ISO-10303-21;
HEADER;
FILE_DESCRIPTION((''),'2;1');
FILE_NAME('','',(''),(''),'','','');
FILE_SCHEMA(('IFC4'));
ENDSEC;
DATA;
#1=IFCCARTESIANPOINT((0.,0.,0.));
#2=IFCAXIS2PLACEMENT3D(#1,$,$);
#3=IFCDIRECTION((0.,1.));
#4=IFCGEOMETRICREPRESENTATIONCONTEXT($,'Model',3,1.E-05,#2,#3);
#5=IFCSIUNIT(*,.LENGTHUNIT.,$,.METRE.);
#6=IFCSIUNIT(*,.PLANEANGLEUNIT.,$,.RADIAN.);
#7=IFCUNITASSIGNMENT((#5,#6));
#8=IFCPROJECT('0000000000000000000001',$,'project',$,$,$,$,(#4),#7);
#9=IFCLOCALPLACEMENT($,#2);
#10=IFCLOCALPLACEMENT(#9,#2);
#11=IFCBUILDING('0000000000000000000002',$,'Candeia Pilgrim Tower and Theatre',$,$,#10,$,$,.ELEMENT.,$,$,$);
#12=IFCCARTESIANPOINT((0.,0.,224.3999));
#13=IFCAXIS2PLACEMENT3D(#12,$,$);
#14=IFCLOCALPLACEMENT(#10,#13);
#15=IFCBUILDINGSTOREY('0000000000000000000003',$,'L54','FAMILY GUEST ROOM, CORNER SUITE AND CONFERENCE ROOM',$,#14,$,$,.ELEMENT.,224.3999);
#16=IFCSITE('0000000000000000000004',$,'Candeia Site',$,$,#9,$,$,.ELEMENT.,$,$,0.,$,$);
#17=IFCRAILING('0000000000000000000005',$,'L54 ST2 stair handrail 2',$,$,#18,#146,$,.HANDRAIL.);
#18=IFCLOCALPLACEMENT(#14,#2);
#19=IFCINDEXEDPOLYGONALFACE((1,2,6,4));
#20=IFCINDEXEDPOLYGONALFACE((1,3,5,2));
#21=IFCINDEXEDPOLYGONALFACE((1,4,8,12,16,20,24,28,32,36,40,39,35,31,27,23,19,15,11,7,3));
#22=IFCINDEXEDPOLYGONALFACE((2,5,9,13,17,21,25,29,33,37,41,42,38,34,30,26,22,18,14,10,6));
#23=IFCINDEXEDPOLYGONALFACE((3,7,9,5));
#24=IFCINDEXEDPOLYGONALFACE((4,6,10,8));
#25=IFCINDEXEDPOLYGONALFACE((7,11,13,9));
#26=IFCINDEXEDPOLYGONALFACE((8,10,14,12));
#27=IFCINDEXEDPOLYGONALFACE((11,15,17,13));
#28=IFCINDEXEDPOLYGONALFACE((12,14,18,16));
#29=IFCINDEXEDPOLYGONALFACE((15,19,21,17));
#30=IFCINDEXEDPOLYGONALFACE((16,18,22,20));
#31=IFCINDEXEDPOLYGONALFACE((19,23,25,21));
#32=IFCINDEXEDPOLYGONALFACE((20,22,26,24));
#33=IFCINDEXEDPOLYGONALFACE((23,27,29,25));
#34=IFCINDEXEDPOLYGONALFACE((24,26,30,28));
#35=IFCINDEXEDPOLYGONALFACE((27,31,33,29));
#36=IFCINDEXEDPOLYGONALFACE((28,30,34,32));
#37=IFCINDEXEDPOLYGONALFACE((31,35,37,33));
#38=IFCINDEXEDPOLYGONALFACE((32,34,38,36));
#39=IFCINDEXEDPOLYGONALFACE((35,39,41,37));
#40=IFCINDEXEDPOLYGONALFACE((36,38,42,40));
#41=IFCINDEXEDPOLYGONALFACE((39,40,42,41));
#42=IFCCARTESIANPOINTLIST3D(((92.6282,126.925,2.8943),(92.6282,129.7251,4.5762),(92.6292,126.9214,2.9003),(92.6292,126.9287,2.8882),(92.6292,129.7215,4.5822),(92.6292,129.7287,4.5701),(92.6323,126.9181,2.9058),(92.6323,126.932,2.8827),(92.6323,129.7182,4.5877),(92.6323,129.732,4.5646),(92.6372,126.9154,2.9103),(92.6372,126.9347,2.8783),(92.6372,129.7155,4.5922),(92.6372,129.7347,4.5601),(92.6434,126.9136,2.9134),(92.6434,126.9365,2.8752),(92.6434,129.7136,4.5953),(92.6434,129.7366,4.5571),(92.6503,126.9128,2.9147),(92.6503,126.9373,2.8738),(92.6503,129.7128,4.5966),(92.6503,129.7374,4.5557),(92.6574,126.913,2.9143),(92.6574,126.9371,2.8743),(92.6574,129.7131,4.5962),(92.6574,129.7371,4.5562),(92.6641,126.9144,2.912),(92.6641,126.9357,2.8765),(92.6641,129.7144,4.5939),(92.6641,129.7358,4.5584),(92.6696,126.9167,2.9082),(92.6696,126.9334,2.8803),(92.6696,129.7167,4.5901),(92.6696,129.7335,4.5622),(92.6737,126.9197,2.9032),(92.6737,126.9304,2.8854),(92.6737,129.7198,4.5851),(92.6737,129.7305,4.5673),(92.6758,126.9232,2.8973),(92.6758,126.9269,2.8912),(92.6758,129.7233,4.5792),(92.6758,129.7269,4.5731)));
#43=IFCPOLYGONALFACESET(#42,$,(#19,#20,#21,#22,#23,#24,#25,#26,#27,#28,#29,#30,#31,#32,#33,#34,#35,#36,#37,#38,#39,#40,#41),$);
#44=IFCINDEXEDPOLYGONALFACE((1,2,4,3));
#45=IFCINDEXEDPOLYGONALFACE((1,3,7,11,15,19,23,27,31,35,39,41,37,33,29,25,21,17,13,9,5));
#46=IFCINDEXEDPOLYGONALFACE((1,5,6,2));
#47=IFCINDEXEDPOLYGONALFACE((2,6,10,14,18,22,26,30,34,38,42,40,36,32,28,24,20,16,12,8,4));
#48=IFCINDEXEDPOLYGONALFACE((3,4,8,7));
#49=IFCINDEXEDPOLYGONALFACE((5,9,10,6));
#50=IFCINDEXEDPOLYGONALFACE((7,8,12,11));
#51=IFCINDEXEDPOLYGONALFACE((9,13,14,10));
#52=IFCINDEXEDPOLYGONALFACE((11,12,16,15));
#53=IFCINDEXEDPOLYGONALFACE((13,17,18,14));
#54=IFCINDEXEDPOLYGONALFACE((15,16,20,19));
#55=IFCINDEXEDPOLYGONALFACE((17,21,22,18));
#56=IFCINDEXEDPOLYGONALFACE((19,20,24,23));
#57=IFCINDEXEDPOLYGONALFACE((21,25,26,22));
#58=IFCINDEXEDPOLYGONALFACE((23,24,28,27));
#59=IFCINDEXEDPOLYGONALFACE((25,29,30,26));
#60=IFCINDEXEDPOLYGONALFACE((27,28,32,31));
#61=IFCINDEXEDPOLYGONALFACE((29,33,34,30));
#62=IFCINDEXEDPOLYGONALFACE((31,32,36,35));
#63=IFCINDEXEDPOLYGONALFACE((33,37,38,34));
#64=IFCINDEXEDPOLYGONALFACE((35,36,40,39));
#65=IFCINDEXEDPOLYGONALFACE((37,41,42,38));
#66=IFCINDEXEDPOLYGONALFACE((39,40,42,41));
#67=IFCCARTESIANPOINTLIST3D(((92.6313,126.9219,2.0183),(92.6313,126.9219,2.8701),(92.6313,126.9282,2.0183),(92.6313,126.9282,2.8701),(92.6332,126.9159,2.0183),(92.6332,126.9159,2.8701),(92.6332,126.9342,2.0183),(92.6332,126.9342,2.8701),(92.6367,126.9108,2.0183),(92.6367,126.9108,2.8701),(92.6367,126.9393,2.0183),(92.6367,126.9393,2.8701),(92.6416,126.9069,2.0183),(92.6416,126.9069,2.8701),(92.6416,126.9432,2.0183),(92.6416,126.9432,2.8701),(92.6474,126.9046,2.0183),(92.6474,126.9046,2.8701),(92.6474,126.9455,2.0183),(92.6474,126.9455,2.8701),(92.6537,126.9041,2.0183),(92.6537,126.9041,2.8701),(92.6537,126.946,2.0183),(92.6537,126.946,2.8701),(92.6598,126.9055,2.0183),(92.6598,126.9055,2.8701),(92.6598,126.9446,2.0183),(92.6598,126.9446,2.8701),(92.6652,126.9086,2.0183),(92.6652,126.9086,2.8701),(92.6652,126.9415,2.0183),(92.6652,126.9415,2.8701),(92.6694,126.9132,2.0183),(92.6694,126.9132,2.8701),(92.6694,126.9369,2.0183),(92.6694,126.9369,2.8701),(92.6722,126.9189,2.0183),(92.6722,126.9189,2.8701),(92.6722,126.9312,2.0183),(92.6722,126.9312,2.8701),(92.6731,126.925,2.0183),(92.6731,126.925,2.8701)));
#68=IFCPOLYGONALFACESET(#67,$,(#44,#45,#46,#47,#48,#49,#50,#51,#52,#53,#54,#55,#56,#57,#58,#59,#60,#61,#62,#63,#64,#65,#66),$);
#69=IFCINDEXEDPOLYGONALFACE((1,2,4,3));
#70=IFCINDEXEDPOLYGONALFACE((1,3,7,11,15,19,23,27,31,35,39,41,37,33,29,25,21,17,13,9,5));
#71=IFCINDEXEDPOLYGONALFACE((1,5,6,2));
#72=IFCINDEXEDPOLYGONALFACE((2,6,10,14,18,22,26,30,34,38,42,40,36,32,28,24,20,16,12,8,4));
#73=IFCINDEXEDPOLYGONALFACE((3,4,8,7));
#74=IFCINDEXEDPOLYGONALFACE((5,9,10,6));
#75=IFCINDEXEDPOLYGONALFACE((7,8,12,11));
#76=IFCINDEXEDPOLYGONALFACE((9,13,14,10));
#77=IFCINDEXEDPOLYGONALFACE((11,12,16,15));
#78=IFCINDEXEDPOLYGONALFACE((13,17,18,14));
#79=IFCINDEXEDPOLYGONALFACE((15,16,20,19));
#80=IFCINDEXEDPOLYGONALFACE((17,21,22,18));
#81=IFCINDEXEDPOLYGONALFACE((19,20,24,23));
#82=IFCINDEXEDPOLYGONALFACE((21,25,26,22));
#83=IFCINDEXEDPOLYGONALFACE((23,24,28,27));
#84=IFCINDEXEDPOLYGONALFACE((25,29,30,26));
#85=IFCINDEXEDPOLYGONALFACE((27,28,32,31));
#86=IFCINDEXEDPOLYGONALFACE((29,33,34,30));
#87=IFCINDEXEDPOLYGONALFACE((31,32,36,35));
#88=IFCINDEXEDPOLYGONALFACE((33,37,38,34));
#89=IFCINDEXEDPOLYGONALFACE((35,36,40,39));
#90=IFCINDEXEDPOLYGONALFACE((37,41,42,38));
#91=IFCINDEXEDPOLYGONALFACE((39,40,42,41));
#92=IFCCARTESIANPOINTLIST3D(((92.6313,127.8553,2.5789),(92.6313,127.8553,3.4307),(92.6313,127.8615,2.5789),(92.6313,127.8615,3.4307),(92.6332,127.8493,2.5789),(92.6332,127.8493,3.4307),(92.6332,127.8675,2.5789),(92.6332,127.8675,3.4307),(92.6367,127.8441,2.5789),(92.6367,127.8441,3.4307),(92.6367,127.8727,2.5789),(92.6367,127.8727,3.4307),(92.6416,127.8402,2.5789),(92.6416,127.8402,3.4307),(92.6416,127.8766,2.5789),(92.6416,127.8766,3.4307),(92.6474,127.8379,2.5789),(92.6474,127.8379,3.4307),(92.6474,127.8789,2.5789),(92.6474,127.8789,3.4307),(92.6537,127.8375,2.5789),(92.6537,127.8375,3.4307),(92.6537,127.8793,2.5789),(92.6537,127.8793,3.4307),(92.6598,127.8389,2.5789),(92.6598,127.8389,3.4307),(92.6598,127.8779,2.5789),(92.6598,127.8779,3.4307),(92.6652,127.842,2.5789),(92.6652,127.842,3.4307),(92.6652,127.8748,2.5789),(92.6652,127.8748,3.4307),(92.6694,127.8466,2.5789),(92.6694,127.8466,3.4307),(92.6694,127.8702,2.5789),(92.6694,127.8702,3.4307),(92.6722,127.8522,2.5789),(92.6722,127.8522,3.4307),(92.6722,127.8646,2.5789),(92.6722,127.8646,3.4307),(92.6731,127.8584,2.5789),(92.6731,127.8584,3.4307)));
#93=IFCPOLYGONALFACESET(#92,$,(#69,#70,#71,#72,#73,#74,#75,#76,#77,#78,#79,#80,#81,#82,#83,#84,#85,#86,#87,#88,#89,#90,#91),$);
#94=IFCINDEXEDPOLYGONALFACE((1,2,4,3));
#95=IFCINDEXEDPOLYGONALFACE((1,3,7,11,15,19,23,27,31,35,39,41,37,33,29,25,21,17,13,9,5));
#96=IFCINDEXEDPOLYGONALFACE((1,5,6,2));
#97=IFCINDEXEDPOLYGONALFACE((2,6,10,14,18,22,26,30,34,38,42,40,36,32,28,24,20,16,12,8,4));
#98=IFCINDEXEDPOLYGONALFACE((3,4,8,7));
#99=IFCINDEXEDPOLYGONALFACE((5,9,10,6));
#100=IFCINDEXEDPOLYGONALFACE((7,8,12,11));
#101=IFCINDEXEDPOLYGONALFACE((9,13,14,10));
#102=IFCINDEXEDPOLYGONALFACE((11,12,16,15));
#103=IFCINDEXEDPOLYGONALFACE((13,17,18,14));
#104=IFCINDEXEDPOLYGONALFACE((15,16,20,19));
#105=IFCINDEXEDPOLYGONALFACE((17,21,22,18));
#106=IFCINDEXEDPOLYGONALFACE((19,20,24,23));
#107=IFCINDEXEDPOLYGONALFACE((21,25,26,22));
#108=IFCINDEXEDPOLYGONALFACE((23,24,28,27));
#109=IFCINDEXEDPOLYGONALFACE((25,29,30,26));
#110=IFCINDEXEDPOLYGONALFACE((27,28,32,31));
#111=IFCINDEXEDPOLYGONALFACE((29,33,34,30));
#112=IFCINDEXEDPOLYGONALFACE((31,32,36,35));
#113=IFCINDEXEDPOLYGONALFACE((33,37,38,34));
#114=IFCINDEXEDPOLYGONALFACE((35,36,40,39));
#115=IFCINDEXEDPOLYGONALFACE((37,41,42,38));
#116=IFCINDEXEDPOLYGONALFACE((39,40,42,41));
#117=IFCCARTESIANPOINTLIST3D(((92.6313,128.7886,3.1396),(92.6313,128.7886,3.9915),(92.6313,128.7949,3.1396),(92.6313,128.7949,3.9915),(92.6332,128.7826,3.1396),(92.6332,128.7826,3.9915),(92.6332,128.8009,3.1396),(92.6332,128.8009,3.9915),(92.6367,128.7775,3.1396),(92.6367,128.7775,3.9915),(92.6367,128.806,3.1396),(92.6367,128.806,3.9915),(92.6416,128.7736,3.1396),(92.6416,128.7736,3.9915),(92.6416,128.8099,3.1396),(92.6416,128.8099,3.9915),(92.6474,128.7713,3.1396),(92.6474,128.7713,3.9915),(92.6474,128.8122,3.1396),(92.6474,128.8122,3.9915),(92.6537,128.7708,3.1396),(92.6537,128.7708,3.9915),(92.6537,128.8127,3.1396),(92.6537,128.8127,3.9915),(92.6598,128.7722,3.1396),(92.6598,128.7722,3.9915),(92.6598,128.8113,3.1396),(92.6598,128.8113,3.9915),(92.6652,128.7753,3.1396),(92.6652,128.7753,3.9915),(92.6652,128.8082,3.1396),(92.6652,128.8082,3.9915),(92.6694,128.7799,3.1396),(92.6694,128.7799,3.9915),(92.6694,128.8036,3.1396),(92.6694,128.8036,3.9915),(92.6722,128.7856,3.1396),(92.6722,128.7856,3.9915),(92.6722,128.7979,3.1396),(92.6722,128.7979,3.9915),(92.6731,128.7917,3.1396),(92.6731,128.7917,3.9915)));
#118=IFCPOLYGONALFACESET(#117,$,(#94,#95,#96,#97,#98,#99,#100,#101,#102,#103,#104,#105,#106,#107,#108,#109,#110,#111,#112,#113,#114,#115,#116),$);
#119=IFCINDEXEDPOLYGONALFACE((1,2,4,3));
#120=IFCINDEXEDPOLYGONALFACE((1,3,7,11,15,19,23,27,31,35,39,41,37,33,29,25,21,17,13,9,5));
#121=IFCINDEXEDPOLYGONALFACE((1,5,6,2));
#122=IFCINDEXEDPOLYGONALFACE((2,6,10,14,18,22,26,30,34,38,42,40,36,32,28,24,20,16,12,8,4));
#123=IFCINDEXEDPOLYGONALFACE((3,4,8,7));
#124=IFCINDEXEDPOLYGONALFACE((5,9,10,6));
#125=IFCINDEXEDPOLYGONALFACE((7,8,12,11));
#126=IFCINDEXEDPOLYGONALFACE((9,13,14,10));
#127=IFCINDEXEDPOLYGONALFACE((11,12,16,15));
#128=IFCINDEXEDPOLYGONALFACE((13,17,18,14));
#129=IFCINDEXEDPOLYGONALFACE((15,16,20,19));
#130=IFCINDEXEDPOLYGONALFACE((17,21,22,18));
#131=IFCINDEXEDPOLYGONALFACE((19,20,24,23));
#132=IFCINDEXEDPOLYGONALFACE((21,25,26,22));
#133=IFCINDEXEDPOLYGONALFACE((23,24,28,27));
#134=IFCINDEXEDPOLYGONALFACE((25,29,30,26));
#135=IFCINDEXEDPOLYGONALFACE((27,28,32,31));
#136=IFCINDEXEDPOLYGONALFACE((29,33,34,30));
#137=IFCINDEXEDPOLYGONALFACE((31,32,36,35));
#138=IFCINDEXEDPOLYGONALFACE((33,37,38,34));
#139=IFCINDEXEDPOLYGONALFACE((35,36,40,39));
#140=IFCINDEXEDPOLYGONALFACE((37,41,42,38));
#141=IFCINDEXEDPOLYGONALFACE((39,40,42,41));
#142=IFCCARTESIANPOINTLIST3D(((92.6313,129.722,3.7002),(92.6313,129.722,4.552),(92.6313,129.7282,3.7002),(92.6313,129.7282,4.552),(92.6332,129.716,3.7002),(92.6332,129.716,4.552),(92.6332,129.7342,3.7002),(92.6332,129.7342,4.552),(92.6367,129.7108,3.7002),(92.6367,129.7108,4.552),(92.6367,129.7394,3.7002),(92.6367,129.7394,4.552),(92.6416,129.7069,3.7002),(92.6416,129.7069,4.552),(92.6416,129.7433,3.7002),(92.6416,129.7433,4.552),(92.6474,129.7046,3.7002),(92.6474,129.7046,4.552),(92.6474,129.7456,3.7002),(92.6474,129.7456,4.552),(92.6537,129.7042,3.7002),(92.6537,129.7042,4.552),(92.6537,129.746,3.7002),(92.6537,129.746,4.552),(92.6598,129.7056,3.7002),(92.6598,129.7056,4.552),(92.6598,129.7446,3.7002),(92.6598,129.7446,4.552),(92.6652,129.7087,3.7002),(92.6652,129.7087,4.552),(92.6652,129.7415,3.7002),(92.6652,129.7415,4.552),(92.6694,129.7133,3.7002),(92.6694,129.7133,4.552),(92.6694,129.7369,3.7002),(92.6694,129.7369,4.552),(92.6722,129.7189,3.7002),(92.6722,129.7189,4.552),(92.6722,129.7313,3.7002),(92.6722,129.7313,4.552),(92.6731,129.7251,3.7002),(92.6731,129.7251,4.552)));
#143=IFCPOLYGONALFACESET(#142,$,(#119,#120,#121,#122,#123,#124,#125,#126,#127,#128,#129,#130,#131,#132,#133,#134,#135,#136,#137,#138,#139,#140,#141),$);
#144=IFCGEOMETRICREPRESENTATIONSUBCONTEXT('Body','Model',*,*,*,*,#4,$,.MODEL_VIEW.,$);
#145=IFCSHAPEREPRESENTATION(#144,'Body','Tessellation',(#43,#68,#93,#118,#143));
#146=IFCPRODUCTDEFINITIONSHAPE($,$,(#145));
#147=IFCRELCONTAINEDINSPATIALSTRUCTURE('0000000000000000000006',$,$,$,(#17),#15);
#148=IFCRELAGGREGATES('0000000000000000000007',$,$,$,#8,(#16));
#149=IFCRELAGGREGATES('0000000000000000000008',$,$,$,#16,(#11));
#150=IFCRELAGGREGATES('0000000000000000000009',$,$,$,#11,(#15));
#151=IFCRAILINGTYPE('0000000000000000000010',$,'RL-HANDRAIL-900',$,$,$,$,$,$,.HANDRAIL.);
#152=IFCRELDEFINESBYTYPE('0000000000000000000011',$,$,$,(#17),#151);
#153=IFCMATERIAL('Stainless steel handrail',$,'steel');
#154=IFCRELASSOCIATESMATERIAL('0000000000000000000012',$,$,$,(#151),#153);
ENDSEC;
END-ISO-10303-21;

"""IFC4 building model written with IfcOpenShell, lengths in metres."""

from ifc_helpers import new_model, si_unit, direction, frame, origin, origin_2d, place, context, subcontext, project, spatial, circle, extrude, material, type_object, element, save


model = new_model("IFC4")

# Units and contexts
model_context = context("Model", 3, precision=1e-05, world=origin(), true_north=direction((0.0, 1.0)))
body_context = subcontext(model_context, "Body", "Model", "MODEL_VIEW")
ifc_project = project(units=[si_unit("LENGTHUNIT", "METRE"), si_unit("PLANEANGLEUNIT", "RADIAN")], contexts=[model_context])

# Site, building, storey
site_placement = place(None, origin())
site = spatial("IfcSite", under=ifc_project, at=site_placement, Name="Candeia Site", CompositionType="ELEMENT", RefElevation=0.0)
building_placement = place(site_placement, origin())
building = spatial("IfcBuilding", under=site, at=building_placement, Name="Candeia Pilgrim Tower and Theatre", CompositionType="ELEMENT")
storey_placement = place(building_placement, frame((0.0, 0.0, 224.3999)))
storey = spatial("IfcBuildingStorey", under=building, at=storey_placement, Name="L54", Description="FAMILY GUEST ROOM, CORNER SUITE AND CONFERENCE ROOM", CompositionType="ELEMENT", Elevation=224.3999)

# Railing
ifc_material_1 = material(Name="Stainless steel handrail", Category="steel")
railing_type = type_object("IfcRailingType", Name="RL-HANDRAIL-900", PredefinedType="HANDRAIL", material=ifc_material_1)
for number, where, name in (
    (1, (92.6521, 126.925, 2.0183), "L54 ST2 stair handrail 2"),
):
    element("IfcRailing", number, at=place(storey_placement, frame(where)), inside=storey, type_object=railing_type, Name=name, PredefinedType="HANDRAIL", context=body_context, shape_type="SweptSolid", body=[
        extrude(circle(Radius=0.0239, at=origin_2d()), frame((0.0, 0.0, 0.876), z_axis=(0.0, 0.857242, 0.514913), x_axis=(-1.0, 0.0, 0.0)), (0.0, 0.0, 1.0), 3.2664),
        extrude(circle(Radius=0.021, at=origin_2d()), origin(), (0.0, 0.0, 1.0), 0.8518),
        extrude(circle(Radius=0.021, at=origin_2d()), frame((0.0, 0.9333, 0.5605)), (0.0, 0.0, 1.0), 0.8518),
        extrude(circle(Radius=0.021, at=origin_2d()), frame((0.0, 1.8667, 1.1213)), (0.0, 0.0, 1.0), 0.8518),
        extrude(circle(Radius=0.021, at=origin_2d()), frame((0.0, 2.8, 1.6819)), (0.0, 0.0, 1.0), 0.8518),
    ])

save(model, "model.ifc")
